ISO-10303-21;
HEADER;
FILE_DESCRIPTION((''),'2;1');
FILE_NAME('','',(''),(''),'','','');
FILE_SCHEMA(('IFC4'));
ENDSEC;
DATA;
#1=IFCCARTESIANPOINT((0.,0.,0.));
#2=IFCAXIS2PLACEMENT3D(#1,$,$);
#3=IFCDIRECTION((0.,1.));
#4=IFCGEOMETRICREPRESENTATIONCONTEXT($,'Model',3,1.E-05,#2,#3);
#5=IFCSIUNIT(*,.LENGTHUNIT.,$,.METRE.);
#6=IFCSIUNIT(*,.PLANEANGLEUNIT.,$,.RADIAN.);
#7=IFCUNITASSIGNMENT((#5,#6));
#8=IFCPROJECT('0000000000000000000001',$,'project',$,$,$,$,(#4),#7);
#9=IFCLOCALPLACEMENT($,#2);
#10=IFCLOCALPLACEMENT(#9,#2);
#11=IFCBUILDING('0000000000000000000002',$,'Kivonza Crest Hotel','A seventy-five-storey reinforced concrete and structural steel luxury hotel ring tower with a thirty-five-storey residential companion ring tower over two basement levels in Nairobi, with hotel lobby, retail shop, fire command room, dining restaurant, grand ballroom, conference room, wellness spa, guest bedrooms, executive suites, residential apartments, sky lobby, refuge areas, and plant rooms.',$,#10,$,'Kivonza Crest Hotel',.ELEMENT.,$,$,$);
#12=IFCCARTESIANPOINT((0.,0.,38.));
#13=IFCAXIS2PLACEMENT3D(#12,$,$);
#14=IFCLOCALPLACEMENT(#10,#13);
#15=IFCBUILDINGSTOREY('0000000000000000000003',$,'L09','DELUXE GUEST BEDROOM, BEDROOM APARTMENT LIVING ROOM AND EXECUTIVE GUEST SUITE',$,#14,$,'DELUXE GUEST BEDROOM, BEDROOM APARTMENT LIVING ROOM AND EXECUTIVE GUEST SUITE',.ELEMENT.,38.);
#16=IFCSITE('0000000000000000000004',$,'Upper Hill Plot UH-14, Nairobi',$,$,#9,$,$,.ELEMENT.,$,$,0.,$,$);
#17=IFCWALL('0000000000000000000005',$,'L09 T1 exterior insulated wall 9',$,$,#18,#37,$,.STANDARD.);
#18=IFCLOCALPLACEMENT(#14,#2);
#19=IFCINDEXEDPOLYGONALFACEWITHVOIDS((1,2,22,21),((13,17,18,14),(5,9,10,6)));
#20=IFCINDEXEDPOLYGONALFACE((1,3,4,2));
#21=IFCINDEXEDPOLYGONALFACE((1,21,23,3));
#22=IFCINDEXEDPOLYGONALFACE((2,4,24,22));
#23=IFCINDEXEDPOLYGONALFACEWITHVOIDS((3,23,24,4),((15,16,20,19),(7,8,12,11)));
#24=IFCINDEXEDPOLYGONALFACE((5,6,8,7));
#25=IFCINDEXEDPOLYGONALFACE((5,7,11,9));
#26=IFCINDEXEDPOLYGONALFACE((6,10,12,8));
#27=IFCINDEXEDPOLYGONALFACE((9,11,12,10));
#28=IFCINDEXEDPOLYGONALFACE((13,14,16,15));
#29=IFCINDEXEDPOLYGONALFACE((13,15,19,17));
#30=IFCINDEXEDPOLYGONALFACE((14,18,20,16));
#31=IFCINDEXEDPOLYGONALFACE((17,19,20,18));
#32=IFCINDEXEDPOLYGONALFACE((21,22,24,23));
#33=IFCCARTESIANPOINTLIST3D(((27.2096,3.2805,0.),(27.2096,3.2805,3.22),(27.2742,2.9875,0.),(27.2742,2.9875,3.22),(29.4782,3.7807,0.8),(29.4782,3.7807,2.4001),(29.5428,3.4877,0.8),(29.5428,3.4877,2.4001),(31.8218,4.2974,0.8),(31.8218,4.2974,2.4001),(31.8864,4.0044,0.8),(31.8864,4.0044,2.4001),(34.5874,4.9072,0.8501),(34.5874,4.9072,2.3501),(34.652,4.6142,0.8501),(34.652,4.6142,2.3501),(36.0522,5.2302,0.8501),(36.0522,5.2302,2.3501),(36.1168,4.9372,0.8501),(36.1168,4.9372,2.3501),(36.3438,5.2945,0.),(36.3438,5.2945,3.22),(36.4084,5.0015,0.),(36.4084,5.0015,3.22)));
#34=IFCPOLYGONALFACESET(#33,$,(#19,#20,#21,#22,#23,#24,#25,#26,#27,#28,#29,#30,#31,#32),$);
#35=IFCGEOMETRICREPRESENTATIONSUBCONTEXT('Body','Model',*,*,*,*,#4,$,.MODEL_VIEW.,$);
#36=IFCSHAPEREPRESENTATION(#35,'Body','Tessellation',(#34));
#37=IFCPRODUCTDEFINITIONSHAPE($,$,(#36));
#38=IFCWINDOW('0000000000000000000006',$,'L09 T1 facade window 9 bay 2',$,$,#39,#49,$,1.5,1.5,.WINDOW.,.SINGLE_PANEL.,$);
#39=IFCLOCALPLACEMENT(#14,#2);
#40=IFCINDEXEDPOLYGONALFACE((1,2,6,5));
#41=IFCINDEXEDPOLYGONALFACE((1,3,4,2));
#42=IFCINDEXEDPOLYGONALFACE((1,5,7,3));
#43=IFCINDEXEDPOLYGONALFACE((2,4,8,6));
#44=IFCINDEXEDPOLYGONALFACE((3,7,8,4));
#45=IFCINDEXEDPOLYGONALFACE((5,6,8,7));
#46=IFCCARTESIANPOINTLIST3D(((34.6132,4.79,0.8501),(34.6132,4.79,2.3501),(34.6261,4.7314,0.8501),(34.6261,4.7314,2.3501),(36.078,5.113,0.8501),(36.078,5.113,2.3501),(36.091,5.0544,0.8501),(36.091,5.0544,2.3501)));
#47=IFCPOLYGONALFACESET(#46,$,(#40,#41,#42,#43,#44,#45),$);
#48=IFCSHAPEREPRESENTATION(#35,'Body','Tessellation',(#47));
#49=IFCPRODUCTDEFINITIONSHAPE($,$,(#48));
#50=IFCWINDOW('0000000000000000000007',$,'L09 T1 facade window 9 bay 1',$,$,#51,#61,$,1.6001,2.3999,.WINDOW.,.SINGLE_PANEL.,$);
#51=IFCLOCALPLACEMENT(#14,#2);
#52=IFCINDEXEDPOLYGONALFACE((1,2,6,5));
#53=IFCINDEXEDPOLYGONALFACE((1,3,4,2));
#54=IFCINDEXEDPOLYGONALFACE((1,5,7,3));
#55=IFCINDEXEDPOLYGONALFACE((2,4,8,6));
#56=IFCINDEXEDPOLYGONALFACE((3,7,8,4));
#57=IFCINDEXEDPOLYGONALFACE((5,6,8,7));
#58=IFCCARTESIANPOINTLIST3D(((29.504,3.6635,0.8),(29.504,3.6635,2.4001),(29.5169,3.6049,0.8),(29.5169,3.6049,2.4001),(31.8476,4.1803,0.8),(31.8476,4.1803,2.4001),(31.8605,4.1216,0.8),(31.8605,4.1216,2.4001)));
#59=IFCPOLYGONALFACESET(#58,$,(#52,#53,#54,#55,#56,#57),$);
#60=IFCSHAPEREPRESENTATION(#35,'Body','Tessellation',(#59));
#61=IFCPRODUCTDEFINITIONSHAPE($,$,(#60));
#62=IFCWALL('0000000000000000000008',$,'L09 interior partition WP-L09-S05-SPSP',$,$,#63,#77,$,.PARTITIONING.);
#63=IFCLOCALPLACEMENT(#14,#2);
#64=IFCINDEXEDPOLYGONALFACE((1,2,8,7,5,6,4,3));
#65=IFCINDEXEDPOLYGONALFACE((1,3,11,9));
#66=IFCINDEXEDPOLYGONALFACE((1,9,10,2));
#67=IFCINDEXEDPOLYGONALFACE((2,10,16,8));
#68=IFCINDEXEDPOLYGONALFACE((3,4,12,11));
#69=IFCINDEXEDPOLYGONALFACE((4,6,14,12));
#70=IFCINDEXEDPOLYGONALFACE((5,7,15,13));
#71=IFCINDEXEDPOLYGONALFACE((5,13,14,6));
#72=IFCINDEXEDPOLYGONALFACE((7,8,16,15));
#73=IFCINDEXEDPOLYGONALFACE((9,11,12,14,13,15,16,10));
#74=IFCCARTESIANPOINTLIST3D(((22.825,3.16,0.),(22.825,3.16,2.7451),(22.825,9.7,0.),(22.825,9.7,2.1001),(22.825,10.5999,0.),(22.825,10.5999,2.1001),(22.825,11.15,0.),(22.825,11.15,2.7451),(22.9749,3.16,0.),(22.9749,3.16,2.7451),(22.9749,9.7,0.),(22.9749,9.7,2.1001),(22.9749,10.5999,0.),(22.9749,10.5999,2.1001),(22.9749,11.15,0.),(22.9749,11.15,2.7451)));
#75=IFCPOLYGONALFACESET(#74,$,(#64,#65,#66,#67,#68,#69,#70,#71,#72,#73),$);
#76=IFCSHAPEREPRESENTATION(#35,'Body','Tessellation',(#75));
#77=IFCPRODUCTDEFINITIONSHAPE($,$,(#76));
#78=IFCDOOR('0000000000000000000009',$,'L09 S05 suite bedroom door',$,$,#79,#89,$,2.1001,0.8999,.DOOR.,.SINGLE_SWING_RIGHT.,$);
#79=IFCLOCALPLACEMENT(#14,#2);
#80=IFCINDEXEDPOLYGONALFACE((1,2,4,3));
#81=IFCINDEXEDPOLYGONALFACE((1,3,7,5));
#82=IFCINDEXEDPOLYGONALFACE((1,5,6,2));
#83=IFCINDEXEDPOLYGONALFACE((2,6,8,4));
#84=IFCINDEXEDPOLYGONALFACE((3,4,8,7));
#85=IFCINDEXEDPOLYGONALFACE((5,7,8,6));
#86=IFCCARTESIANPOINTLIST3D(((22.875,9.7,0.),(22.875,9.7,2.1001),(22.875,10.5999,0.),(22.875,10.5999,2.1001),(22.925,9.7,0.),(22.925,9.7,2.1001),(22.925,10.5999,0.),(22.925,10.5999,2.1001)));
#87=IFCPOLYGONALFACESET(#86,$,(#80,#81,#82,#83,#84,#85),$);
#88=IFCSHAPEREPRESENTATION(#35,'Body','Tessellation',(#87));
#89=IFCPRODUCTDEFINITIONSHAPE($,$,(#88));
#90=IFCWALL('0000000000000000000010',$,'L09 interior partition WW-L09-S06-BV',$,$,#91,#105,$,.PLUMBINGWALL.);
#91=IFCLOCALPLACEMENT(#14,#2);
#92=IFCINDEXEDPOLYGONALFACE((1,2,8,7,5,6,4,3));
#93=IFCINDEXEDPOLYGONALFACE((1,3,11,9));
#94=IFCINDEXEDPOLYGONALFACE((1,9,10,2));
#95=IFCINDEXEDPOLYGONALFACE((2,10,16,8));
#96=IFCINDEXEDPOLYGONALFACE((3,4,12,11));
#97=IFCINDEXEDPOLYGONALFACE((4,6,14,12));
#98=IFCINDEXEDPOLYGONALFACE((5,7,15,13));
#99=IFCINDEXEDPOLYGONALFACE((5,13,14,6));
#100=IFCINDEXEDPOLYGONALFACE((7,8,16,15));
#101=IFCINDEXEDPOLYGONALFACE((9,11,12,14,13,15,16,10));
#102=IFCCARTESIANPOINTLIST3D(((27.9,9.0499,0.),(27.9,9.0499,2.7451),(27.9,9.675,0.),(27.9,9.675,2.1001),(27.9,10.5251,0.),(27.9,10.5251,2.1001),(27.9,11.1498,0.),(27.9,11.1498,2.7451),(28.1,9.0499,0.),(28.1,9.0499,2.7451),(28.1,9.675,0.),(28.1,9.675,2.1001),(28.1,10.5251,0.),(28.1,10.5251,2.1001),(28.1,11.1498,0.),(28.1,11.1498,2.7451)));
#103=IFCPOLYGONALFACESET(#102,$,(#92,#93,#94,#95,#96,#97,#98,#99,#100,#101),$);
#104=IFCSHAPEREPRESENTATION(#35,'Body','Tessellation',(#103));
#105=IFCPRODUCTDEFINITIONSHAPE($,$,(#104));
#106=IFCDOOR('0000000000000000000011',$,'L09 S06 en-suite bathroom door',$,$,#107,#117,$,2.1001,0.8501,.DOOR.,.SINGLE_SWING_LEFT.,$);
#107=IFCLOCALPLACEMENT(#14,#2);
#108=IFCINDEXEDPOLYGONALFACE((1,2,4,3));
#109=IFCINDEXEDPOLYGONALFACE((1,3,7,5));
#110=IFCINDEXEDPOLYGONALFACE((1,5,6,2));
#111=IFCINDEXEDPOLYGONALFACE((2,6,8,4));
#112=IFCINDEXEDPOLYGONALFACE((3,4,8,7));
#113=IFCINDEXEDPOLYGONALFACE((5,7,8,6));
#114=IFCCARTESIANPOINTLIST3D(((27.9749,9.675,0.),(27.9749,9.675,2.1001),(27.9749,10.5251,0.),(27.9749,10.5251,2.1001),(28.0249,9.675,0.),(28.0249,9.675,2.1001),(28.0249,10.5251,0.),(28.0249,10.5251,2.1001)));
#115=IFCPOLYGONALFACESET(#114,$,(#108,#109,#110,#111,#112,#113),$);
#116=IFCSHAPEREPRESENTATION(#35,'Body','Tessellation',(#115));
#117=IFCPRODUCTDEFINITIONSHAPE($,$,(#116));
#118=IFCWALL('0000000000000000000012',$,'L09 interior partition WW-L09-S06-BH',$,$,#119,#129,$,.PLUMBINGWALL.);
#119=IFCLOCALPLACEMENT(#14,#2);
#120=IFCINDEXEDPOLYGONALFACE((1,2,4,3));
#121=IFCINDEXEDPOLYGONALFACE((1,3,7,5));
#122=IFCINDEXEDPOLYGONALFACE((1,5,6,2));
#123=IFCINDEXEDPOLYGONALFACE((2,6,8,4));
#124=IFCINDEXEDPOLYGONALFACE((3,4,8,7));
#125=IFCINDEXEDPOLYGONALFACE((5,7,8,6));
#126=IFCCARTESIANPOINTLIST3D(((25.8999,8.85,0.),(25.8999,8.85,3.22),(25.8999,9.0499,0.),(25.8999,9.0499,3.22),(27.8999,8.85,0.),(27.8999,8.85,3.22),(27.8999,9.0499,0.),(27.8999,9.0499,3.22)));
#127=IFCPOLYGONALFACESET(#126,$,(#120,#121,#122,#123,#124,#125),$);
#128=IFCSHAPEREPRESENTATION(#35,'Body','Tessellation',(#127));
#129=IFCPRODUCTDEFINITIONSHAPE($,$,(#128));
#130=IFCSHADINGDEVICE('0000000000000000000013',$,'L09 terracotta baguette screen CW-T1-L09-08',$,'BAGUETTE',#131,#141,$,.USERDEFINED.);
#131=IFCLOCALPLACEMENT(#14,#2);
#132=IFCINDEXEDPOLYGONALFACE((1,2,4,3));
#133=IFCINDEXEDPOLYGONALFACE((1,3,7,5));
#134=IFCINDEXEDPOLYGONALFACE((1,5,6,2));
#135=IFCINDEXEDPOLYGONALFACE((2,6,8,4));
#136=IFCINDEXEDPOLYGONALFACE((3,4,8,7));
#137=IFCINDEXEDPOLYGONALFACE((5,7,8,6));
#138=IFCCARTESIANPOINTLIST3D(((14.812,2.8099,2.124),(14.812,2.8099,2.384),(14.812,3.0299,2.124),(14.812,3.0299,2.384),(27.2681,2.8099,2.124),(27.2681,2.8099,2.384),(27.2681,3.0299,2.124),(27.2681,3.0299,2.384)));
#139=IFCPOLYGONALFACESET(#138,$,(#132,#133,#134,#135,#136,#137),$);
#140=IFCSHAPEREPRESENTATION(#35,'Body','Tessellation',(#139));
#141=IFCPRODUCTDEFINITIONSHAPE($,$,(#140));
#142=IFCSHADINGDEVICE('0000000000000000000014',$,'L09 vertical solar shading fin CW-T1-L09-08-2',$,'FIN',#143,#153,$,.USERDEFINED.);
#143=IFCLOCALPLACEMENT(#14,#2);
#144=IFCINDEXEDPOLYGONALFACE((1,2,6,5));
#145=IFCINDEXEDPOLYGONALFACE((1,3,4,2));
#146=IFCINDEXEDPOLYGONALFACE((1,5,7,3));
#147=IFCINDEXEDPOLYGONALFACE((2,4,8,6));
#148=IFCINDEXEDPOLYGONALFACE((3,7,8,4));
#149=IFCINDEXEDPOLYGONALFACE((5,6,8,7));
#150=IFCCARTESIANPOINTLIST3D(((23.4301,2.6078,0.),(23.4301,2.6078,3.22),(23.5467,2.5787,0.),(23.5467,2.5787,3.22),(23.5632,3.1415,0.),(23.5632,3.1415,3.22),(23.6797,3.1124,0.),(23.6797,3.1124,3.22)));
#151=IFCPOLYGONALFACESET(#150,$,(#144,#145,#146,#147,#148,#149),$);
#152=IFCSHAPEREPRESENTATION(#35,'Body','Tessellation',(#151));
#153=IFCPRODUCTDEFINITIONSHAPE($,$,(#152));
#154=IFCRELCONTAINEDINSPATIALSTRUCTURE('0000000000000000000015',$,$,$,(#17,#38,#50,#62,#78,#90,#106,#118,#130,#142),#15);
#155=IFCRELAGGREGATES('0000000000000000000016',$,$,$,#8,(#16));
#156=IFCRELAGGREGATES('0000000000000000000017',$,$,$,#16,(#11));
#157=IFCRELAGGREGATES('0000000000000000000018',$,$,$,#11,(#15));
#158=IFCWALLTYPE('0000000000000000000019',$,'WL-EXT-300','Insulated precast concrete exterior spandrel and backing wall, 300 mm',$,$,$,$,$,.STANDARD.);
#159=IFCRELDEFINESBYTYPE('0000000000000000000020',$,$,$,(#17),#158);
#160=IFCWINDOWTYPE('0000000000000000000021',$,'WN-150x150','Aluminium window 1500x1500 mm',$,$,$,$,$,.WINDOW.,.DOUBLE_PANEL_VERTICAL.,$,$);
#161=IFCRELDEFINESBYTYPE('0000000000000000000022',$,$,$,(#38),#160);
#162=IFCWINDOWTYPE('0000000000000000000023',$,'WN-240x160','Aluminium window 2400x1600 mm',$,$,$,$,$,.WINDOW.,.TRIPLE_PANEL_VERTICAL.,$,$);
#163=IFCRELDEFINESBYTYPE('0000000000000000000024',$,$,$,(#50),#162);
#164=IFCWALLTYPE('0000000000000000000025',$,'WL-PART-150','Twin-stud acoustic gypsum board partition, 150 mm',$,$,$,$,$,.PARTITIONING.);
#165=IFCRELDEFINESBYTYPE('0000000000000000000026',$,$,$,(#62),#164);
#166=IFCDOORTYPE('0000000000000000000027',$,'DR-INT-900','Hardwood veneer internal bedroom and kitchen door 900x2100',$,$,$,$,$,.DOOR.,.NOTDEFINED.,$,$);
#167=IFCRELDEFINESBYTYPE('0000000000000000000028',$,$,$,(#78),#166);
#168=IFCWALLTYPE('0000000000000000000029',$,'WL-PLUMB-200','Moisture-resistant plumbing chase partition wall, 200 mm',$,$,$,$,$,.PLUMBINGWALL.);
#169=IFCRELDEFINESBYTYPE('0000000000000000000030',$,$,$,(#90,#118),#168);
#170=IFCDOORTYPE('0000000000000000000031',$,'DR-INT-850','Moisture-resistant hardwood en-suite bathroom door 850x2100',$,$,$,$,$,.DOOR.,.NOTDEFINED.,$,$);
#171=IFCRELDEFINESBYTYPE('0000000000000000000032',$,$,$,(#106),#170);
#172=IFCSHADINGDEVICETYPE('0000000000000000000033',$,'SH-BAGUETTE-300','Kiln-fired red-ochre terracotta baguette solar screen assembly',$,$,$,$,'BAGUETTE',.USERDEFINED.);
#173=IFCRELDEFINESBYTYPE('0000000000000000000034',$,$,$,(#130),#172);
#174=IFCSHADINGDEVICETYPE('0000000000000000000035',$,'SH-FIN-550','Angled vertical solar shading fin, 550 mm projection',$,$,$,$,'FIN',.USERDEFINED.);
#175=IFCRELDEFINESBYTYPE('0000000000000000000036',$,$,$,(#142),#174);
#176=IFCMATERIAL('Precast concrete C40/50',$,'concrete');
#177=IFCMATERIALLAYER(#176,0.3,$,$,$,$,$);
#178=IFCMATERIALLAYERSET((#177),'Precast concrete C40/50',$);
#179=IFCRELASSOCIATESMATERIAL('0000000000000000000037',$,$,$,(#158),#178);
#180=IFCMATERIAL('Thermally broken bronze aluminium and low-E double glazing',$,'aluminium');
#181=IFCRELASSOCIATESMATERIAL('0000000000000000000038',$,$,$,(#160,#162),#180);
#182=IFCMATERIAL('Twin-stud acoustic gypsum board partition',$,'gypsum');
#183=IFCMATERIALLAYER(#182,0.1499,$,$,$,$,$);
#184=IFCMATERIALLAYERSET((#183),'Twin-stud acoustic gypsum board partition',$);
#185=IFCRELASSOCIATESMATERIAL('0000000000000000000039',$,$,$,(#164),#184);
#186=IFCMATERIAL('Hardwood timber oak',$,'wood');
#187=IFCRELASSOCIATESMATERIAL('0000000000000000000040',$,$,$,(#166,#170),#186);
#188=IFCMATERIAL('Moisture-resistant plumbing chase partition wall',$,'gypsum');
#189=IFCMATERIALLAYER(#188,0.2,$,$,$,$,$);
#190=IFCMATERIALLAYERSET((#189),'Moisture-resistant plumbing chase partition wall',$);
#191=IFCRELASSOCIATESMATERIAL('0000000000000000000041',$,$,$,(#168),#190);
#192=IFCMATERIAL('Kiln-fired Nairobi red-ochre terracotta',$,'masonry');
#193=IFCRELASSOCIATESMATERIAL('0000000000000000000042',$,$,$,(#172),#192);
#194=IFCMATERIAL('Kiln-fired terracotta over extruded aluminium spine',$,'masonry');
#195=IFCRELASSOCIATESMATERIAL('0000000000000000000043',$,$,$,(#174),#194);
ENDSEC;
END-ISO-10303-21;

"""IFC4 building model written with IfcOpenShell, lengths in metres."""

from ifc_helpers import new_model, si_unit, direction, frame, frame_2d, origin, origin_2d, place, context, subcontext, project, spatial, rectangle, extrude, material, layer, layer_set, type_object, element, fill, save


model = new_model("IFC4")

# Units and contexts
model_context = context("Model", 3, precision=1e-05, world=origin(), true_north=direction((0.0, 1.0)))
body_context = subcontext(model_context, "Body", "Model", "MODEL_VIEW")
ifc_project = project(units=[si_unit("LENGTHUNIT", "METRE"), si_unit("PLANEANGLEUNIT", "RADIAN")], contexts=[model_context])

# Site, building, storey
site_placement = place(None, origin())
site = spatial("IfcSite", under=ifc_project, at=site_placement, Name="Upper Hill Plot UH-14, Nairobi", CompositionType="ELEMENT", RefElevation=0.0)
building_placement = place(site_placement, origin())
building = spatial("IfcBuilding", under=site, at=building_placement, Name="Kivonza Crest Hotel", Description="A seventy-five-storey reinforced concrete and structural steel luxury hotel ring tower with a thirty-five-storey residential companion ring tower over two basement levels in Nairobi, with hotel lobby, retail shop, fire command room, dining restaurant, grand ballroom, conference room, wellness spa, guest bedrooms, executive suites, residential apartments, sky lobby, refuge areas, and plant rooms.", LongName="Kivonza Crest Hotel", CompositionType="ELEMENT")
storey_placement = place(building_placement, frame((0.0, 0.0, 38.0)))
storey = spatial("IfcBuildingStorey", under=building, at=storey_placement, Name="L09", Description="DELUXE GUEST BEDROOM, BEDROOM APARTMENT LIVING ROOM AND EXECUTIVE GUEST SUITE", LongName="DELUXE GUEST BEDROOM, BEDROOM APARTMENT LIVING ROOM AND EXECUTIVE GUEST SUITE", CompositionType="ELEMENT", Elevation=38.0)

# Wall, openings, windows
ifc_material_1 = material(Name="Precast concrete C40/50", Category="concrete")
ifc_layer_1 = layer(ifc_material_1, 0.3)
ifc_layer_set_1 = layer_set([ifc_layer_1], Name="Precast concrete C40/50")
wall_type_1 = type_object("IfcWallType", Name="WL-EXT-300", Description="Insulated precast concrete exterior spandrel and backing wall, 300 mm", PredefinedType="STANDARD", material=ifc_layer_set_1)
wall_1_placement = place(storey_placement, frame((27.2419, 3.134, 0.0), z_axis=(0.0, 0.0, 1.0), x_axis=(0.976545, 0.215313, 0.0)))
wall_1 = element("IfcWall", 1, at=wall_1_placement, inside=storey, type_object=wall_type_1, Name="L09 T1 exterior insulated wall 9", PredefinedType="STANDARD", context=body_context, shape_type="SweptSolid", body=[
    extrude(rectangle(XDim=9.3535, YDim=0.3, at=frame_2d((4.6768, 0.0))), origin(), (0.0, 0.0, 1.0), 3.22),
])
opening_1_placement = place(wall_1_placement, frame((2.323, 0.0, 0.8)))
opening_1 = element("IfcOpeningElement", 2, at=opening_1_placement, cuts=wall_1, PredefinedType="OPENING", context=body_context, shape_type="SweptSolid", body=[
    extrude(rectangle(XDim=2.3999, YDim=1.6001, at=frame_2d((1.2, 0.8))), frame((0.0, 0.1602, 0.0), z_axis=(0.0, -1.0, 0.0), x_axis=(1.0, 0.0, 0.0)), (0.0, 0.0, 1.0), 0.3201),
])
opening_2_placement = place(wall_1_placement, frame((7.5549, 0.0, 0.8501)))
opening_2 = element("IfcOpeningElement", 3, at=opening_2_placement, cuts=wall_1, PredefinedType="OPENING", context=body_context, shape_type="SweptSolid", body=[
    extrude(rectangle(XDim=1.5, YDim=1.5, at=frame_2d((0.75, 0.75))), frame((0.0, 0.1602, 0.0), z_axis=(0.0, -1.0, 0.0), x_axis=(1.0, 0.0, 0.0)), (0.0, 0.0, 1.0), 0.3201),
])
ifc_material_2 = material(Name="Thermally broken bronze aluminium and low-E double glazing", Category="aluminium")
window_type_1 = type_object("IfcWindowType", Name="WN-150x150", Description="Aluminium window 1500x1500 mm", PartitioningType="DOUBLE_PANEL_VERTICAL", PredefinedType="WINDOW", material=ifc_material_2)
window_1_placement = place(opening_2_placement, origin())
window_1 = element("IfcWindow", 4, at=window_1_placement, inside=storey, type_object=window_type_1, Name="L09 T1 facade window 9 bay 2", OverallHeight=1.5, OverallWidth=1.5, PartitioningType="SINGLE_PANEL", PredefinedType="WINDOW", context=body_context, shape_type="SweptSolid", body=[
    extrude(rectangle(XDim=1.5, YDim=1.5, at=frame_2d((0.75, 0.75))), frame((0.0, 0.03, 0.0), z_axis=(0.0, -1.0, 0.0), x_axis=(1.0, 0.0, 0.0)), (0.0, 0.0, 1.0), 0.0601),
])
fill(opening_2, window_1)
window_type_2 = type_object("IfcWindowType", Name="WN-240x160", Description="Aluminium window 2400x1600 mm", PartitioningType="TRIPLE_PANEL_VERTICAL", PredefinedType="WINDOW", material=ifc_material_2)
window_2_placement = place(opening_1_placement, origin())
window_2 = element("IfcWindow", 5, at=window_2_placement, inside=storey, type_object=window_type_2, Name="L09 T1 facade window 9 bay 1", OverallHeight=1.6001, OverallWidth=2.3999, PartitioningType="SINGLE_PANEL", PredefinedType="WINDOW", context=body_context, shape_type="SweptSolid", body=[
    extrude(rectangle(XDim=2.3999, YDim=1.6001, at=frame_2d((1.2, 0.8))), frame((0.0, 0.03, 0.0), z_axis=(0.0, -1.0, 0.0), x_axis=(1.0, 0.0, 0.0)), (0.0, 0.0, 1.0), 0.0601),
])
fill(opening_1, window_2)

# Walls, openings, doors
ifc_material_3 = material(Name="Twin-stud acoustic gypsum board partition", Category="gypsum")
ifc_layer_2 = layer(ifc_material_3, 0.1499)
ifc_layer_set_2 = layer_set([ifc_layer_2], Name="Twin-stud acoustic gypsum board partition")
wall_type_2 = type_object("IfcWallType", Name="WL-PART-150", Description="Twin-stud acoustic gypsum board partition, 150 mm", PredefinedType="PARTITIONING", material=ifc_layer_set_2)
wall_2_placement = place(storey_placement, frame((22.8999, 3.1599, 0.0), z_axis=(0.0, 0.0, 1.0), x_axis=(0.0, 1.0, 0.0)))
wall_2 = element("IfcWall", 6, at=wall_2_placement, inside=storey, type_object=wall_type_2, Name="L09 interior partition WP-L09-S05-SPSP", PredefinedType="PARTITIONING", context=body_context, shape_type="SweptSolid", body=[
    extrude(rectangle(XDim=7.99, YDim=0.1499, at=frame_2d((3.9951, 0.0))), origin(), (0.0, 0.0, 1.0), 2.7451),
])
opening_3_placement = place(wall_2_placement, frame((6.54, 0.0, 0.0)))
opening_3 = element("IfcOpeningElement", 7, at=opening_3_placement, cuts=wall_2, PredefinedType="OPENING", context=body_context, shape_type="SweptSolid", body=[
    extrude(rectangle(XDim=0.8999, YDim=2.1001, at=frame_2d((0.45, 1.05))), frame((0.0, 0.085, 0.0), z_axis=(0.0, -1.0, 0.0), x_axis=(1.0, 0.0, 0.0)), (0.0, 0.0, 1.0), 0.1699),
])
ifc_material_4 = material(Name="Hardwood timber oak", Category="wood")
door_type_1 = type_object("IfcDoorType", Name="DR-INT-900", Description="Hardwood veneer internal bedroom and kitchen door 900x2100", OperationType="NOTDEFINED", PredefinedType="DOOR", material=ifc_material_4)
door_1_placement = place(opening_3_placement, origin())
door_1 = element("IfcDoor", 8, at=door_1_placement, inside=storey, type_object=door_type_1, Name="L09 S05 suite bedroom door", OperationType="SINGLE_SWING_RIGHT", OverallHeight=2.1001, OverallWidth=0.8999, PredefinedType="DOOR", context=body_context, shape_type="SweptSolid", body=[
    extrude(rectangle(XDim=0.8999, YDim=2.1001, at=frame_2d((0.45, 1.05))), frame((0.0, 0.0249, 0.0), z_axis=(0.0, -1.0, 0.0), x_axis=(1.0, 0.0, 0.0)), (0.0, 0.0, 1.0), 0.05),
])
fill(opening_3, door_1)
ifc_material_5 = material(Name="Moisture-resistant plumbing chase partition wall", Category="gypsum")
ifc_layer_3 = layer(ifc_material_5, 0.2)
ifc_layer_set_3 = layer_set([ifc_layer_3], Name="Moisture-resistant plumbing chase partition wall")
wall_type_3 = type_object("IfcWallType", Name="WL-PLUMB-200", Description="Moisture-resistant plumbing chase partition wall, 200 mm", PredefinedType="PLUMBINGWALL", material=ifc_layer_set_3)
wall_3_placement = place(storey_placement, frame((28.0, 9.05, 0.0), z_axis=(0.0, 0.0, 1.0), x_axis=(0.0, 1.0, 0.0)))
wall_3 = element("IfcWall", 9, at=wall_3_placement, inside=storey, type_object=wall_type_3, Name="L09 interior partition WW-L09-S06-BV", PredefinedType="PLUMBINGWALL", context=body_context, shape_type="SweptSolid", body=[
    extrude(rectangle(XDim=2.0999, YDim=0.2, at=frame_2d((1.0498, 0.0))), origin(), (0.0, 0.0, 1.0), 2.7451),
])
opening_4_placement = place(wall_3_placement, frame((0.625, 0.0, 0.0)))
opening_4 = element("IfcOpeningElement", 10, at=opening_4_placement, cuts=wall_3, PredefinedType="OPENING", context=body_context, shape_type="SweptSolid", body=[
    extrude(rectangle(XDim=0.8501, YDim=2.1001, at=frame_2d((0.425, 1.05))), frame((0.0, 0.1099, 0.0), z_axis=(0.0, -1.0, 0.0), x_axis=(1.0, 0.0, 0.0)), (0.0, 0.0, 1.0), 0.22),
])
door_type_2 = type_object("IfcDoorType", Name="DR-INT-850", Description="Moisture-resistant hardwood en-suite bathroom door 850x2100", OperationType="NOTDEFINED", PredefinedType="DOOR", material=ifc_material_4)
door_2_placement = place(opening_4_placement, frame((0.8501, 0.0, 0.0), z_axis=(0.0, 0.0, 1.0), x_axis=(-1.0, 0.0, 0.0)))
door_2 = element("IfcDoor", 11, at=door_2_placement, inside=storey, type_object=door_type_2, Name="L09 S06 en-suite bathroom door", OperationType="SINGLE_SWING_LEFT", OverallHeight=2.1001, OverallWidth=0.8501, PredefinedType="DOOR", context=body_context, shape_type="SweptSolid", body=[
    extrude(rectangle(XDim=0.8501, YDim=2.1001, at=frame_2d((0.425, 1.05))), frame((0.0, 0.0249, 0.0), z_axis=(0.0, -1.0, 0.0), x_axis=(1.0, 0.0, 0.0)), (0.0, 0.0, 1.0), 0.05),
])
fill(opening_4, door_2)

# Wall
wall_4_placement = place(storey_placement, frame((25.8999, 8.95, 0.0), z_axis=(0.0, 0.0, 1.0), x_axis=(1.0, 0.0, 0.0)))
element("IfcWall", 12, at=wall_4_placement, inside=storey, type_object=wall_type_3, Name="L09 interior partition WW-L09-S06-BH", PredefinedType="PLUMBINGWALL", context=body_context, shape_type="SweptSolid", body=[
    extrude(rectangle(XDim=2.0, YDim=0.2, at=frame_2d((1.0, 0.0))), origin(), (0.0, 0.0, 1.0), 3.22),
])

# Shading devices
ifc_material_6 = material(Name="Kiln-fired Nairobi red-ochre terracotta", Category="masonry")
shading_device_type_1 = type_object("IfcShadingDeviceType", Name="SH-BAGUETTE-300", Description="Kiln-fired red-ochre terracotta baguette solar screen assembly", ElementType="BAGUETTE", PredefinedType="USERDEFINED", material=ifc_material_6)
shading_device_1_placement = place(storey_placement, frame((21.04, 2.9199, 2.124), z_axis=(0.0, 0.0, 1.0), x_axis=(1.0, 0.0, 0.0)))
element("IfcShadingDevice", 13, at=shading_device_1_placement, inside=storey, type_object=shading_device_type_1, Name="L09 terracotta baguette screen CW-T1-L09-08", ObjectType="BAGUETTE", PredefinedType="USERDEFINED", context=body_context, shape_type="SweptSolid", body=[
    extrude(rectangle(XDim=12.4561, YDim=0.22, at=origin_2d()), origin(), (0.0, 0.0, 1.0), 0.26),
])
ifc_material_7 = material(Name="Kiln-fired terracotta over extruded aluminium spine", Category="masonry")
shading_device_type_2 = type_object("IfcShadingDeviceType", Name="SH-FIN-550", Description="Angled vertical solar shading fin, 550 mm projection", ElementType="FIN", PredefinedType="USERDEFINED", material=ifc_material_7)
shading_device_2_placement = place(storey_placement, frame((23.5549, 2.8601, 0.0), z_axis=(0.0, 0.0, 1.0), x_axis=(0.970296, -0.241922, 0.0)))
element("IfcShadingDevice", 14, at=shading_device_2_placement, inside=storey, type_object=shading_device_type_2, Name="L09 vertical solar shading fin CW-T1-L09-08-2", ObjectType="FIN", PredefinedType="USERDEFINED", context=body_context, shape_type="SweptSolid", body=[
    extrude(rectangle(XDim=0.1201, YDim=0.55, at=origin_2d()), origin(), (0.0, 0.0, 1.0), 3.22),
])

save(model, "model.ifc")
